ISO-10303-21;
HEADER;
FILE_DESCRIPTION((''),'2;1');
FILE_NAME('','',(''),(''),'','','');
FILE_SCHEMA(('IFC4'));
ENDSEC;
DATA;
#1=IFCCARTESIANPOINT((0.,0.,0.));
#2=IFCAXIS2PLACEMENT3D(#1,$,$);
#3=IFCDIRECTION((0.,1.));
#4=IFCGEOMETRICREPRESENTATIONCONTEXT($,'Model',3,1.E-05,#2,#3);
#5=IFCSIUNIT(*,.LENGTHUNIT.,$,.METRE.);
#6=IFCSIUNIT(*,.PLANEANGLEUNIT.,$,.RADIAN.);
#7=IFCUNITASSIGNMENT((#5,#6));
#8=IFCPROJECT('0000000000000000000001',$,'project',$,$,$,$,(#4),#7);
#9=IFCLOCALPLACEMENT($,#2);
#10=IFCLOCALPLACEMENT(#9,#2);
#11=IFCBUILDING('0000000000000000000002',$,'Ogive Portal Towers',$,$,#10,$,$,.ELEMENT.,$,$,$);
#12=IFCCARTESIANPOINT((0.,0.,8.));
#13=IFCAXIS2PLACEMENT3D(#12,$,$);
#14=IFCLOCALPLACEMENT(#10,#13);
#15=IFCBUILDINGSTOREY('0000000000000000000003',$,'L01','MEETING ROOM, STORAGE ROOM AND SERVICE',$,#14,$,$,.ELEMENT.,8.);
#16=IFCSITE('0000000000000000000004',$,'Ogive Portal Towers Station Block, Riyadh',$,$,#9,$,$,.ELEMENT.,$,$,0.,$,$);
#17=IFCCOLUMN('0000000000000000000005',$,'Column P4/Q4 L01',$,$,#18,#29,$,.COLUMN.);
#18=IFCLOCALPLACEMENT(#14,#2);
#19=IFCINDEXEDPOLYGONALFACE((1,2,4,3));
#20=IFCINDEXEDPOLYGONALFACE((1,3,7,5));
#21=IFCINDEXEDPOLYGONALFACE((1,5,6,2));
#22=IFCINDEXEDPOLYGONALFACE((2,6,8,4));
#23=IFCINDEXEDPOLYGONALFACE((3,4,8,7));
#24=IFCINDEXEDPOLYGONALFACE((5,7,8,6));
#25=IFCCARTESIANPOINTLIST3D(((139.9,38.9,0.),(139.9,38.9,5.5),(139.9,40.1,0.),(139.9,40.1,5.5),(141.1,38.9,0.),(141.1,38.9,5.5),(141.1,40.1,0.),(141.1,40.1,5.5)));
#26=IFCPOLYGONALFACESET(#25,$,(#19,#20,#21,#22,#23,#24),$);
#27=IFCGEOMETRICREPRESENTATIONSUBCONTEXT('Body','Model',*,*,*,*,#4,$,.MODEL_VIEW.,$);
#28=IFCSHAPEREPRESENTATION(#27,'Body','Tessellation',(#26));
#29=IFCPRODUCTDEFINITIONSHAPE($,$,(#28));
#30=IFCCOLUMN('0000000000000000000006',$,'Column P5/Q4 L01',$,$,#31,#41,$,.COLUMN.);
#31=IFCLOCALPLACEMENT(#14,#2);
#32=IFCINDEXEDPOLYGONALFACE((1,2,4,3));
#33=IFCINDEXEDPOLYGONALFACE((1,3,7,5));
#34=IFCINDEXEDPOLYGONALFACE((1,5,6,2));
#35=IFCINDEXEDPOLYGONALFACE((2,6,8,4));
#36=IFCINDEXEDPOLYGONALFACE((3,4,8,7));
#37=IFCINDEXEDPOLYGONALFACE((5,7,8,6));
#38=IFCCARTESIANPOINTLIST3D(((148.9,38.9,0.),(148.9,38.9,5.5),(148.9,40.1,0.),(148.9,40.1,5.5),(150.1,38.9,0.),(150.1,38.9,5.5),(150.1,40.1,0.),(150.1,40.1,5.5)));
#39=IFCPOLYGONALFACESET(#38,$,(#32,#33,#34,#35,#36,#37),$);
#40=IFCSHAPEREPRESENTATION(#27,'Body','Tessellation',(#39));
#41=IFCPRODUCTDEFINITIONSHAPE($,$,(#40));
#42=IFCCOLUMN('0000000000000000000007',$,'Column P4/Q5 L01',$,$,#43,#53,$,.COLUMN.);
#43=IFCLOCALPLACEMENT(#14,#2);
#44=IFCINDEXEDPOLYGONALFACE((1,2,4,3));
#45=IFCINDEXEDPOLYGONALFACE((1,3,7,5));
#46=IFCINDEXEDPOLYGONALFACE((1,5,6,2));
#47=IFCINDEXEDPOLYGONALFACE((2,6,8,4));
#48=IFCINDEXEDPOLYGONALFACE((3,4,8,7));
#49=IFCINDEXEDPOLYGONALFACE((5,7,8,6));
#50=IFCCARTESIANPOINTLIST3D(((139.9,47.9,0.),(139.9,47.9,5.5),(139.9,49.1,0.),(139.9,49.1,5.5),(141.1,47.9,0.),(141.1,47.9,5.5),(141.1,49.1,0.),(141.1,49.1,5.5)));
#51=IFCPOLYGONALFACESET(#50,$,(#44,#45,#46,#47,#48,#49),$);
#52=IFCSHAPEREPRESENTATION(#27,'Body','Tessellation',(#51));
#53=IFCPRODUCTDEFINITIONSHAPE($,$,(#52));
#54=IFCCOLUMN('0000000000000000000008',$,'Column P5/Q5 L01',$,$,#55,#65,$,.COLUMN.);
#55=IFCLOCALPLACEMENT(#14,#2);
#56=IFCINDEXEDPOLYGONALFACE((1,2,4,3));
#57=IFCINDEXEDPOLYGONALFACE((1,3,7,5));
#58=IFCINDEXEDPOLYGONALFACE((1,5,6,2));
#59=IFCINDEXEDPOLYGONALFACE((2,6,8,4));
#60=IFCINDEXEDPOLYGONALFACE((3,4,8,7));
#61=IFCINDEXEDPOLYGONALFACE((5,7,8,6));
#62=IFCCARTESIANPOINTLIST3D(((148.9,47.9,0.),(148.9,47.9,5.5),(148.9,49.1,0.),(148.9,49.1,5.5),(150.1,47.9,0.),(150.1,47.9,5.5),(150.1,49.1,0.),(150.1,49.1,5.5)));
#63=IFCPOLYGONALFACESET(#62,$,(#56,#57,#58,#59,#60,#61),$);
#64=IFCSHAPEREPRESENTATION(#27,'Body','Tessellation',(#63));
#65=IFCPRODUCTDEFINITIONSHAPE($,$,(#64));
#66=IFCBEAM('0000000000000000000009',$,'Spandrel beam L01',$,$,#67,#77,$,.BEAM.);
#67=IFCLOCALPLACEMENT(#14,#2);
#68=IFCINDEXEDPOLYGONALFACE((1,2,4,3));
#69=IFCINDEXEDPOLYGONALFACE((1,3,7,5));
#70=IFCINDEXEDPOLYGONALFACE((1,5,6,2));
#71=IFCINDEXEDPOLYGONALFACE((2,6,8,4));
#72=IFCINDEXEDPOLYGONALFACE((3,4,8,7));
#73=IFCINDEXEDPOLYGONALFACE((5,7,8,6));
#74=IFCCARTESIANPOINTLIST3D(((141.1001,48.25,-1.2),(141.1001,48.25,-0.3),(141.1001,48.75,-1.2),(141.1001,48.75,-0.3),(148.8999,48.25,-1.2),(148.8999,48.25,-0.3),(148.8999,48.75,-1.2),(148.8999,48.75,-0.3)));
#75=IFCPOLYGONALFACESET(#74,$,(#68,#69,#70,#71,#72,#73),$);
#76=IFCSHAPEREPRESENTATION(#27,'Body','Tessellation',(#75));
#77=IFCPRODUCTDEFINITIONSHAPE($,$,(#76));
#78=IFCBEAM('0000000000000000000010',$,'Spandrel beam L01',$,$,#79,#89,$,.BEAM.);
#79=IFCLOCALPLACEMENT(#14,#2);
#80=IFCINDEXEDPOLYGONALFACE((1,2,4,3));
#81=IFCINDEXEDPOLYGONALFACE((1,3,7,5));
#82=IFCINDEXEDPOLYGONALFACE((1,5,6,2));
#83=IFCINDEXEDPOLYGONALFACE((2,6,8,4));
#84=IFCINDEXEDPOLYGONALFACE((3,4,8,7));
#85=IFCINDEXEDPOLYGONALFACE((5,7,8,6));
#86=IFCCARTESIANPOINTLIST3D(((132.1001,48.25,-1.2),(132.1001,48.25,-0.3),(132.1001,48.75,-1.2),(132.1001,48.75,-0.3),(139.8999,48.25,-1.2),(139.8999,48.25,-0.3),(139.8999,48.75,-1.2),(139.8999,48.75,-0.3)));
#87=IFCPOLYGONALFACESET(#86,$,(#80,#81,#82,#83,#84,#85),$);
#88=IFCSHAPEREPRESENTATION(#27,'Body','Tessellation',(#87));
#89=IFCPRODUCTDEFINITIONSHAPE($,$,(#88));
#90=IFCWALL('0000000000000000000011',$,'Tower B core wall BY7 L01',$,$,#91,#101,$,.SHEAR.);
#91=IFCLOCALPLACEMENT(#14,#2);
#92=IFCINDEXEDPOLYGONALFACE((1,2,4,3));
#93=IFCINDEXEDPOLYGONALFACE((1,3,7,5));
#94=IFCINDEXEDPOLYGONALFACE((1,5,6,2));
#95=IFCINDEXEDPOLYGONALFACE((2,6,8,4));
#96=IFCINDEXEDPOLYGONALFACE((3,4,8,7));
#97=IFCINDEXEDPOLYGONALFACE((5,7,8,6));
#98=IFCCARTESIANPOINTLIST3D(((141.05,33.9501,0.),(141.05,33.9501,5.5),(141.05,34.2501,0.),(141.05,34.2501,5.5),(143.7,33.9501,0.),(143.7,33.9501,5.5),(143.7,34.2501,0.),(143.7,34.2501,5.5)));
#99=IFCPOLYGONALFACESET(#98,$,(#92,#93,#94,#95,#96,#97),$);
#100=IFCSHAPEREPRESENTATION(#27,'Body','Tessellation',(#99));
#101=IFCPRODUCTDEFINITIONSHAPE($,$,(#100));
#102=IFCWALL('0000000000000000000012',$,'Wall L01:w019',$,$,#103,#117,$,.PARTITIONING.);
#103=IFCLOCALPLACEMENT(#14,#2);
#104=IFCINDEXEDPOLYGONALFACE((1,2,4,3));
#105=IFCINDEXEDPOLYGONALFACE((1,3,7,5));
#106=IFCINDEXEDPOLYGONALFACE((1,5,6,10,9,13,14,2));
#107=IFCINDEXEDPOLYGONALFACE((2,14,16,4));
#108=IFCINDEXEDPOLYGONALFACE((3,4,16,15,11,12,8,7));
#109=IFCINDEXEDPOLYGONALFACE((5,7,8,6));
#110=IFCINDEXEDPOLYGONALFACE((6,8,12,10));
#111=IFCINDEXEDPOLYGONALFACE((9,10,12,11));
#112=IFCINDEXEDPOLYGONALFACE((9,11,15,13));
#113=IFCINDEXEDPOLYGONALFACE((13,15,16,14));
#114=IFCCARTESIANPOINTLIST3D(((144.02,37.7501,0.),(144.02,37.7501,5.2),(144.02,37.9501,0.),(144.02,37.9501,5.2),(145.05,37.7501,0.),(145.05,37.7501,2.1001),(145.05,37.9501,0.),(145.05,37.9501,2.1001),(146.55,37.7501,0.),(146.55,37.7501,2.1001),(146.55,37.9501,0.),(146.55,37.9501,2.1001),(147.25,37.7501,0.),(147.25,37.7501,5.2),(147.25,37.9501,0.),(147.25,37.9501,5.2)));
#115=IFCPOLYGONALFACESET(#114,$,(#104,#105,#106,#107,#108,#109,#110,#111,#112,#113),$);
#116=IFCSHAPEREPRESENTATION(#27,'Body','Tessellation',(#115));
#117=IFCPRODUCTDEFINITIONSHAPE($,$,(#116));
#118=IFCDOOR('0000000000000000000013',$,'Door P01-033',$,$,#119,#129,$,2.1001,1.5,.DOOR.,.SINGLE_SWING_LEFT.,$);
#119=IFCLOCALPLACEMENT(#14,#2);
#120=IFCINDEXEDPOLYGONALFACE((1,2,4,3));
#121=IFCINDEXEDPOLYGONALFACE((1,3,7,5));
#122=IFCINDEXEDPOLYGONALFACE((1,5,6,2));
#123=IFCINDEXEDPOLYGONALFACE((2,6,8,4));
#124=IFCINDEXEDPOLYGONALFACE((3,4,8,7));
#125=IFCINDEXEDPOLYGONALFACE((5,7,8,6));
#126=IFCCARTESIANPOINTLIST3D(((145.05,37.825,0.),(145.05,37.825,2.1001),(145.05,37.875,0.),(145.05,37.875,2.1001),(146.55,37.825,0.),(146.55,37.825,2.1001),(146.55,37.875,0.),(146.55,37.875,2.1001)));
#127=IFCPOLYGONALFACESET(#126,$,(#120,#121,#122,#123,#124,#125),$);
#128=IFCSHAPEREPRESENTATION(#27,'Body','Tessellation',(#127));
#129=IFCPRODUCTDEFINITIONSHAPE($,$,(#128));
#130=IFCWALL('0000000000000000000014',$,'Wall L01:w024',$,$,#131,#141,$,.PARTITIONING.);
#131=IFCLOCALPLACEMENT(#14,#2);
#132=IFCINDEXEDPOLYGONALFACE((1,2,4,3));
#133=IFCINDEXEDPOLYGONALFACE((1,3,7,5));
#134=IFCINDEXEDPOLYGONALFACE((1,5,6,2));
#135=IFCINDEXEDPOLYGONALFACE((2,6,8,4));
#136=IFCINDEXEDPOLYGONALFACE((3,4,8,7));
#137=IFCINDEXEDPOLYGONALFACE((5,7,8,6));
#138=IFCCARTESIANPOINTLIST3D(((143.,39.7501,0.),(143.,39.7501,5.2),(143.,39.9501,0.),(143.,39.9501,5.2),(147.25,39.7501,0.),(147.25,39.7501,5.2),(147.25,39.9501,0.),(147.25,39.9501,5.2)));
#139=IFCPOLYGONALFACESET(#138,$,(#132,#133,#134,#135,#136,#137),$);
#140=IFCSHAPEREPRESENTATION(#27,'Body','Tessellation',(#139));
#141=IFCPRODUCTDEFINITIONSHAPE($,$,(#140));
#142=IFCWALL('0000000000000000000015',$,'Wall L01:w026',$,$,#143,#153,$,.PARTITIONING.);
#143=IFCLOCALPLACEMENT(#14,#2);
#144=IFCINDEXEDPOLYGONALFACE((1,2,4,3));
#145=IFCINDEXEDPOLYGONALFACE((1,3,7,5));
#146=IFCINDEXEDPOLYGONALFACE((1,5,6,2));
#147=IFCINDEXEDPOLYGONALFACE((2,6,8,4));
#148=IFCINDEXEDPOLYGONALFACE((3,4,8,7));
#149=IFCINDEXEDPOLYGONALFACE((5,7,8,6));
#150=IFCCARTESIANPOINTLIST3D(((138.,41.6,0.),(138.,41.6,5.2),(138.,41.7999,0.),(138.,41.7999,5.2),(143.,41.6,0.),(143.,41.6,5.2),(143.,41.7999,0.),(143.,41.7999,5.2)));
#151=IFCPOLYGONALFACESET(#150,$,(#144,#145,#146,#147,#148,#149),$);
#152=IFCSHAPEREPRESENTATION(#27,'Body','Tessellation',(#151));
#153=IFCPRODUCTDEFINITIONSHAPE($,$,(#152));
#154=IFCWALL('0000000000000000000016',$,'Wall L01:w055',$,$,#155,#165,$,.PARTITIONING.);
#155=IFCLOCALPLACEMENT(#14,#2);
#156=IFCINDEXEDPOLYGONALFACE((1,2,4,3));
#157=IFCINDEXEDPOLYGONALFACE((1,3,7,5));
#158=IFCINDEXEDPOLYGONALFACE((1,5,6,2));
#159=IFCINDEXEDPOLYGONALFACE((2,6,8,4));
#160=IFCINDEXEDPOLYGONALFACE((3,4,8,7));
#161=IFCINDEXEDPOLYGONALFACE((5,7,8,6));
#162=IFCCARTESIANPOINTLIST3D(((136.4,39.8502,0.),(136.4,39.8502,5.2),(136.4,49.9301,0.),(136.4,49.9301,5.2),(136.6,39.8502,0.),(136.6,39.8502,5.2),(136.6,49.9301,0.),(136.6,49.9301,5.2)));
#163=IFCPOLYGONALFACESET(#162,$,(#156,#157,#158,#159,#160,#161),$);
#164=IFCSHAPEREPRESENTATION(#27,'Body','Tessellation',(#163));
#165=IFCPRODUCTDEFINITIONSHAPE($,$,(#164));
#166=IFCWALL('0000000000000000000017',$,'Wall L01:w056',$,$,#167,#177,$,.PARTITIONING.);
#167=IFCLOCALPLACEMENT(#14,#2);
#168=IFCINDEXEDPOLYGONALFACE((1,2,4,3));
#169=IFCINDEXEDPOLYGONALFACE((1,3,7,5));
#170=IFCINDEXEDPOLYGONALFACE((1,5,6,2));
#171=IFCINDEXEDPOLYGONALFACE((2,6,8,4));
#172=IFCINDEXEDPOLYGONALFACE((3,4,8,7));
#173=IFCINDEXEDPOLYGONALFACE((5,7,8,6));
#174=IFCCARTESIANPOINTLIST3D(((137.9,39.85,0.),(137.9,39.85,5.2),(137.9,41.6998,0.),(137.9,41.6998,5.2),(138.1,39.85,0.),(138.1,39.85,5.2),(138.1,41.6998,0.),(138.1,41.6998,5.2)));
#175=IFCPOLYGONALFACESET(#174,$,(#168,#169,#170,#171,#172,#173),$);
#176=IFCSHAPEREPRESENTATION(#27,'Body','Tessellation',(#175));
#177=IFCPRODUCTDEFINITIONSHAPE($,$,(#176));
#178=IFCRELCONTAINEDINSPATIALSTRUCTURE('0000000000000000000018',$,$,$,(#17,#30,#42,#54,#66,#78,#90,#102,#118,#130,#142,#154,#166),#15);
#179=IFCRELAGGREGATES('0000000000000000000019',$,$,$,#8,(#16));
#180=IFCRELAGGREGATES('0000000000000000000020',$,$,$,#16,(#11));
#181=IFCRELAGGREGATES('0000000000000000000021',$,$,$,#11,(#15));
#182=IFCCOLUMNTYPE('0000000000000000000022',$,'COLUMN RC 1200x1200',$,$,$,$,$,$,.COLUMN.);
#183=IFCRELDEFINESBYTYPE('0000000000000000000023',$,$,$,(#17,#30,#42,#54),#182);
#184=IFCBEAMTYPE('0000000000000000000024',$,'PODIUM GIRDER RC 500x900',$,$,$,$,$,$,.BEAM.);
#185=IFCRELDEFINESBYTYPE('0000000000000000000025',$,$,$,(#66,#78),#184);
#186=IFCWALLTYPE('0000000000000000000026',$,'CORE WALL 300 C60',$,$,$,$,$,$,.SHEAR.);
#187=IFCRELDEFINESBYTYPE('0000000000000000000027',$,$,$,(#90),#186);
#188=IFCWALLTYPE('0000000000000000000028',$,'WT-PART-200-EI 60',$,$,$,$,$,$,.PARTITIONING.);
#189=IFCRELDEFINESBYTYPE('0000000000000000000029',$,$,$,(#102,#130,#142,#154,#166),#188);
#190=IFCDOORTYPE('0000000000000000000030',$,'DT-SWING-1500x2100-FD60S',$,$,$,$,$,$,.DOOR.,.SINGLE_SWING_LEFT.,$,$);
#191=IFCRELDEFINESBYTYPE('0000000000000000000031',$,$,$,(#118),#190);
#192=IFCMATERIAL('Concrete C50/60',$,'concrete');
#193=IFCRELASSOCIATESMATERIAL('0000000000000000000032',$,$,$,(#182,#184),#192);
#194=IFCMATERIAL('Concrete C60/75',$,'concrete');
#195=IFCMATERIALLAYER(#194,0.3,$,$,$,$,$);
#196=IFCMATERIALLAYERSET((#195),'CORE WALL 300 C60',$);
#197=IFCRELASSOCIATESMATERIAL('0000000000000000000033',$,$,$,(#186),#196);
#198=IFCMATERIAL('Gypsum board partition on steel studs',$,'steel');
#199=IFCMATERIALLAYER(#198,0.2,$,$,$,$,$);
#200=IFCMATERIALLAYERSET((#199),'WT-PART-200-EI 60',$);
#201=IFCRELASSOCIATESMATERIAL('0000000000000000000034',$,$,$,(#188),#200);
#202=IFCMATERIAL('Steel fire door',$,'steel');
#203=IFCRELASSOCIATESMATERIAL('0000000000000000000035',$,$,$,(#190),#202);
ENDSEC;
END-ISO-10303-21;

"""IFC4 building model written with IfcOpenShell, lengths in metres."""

from ifc_helpers import new_model, si_unit, direction, frame, frame_2d, origin, origin_2d, place, context, subcontext, project, spatial, rectangle, extrude, material, layer, layer_set, material_profile, profile_set, type_object, element, fill, save


model = new_model("IFC4")

# Units and contexts
model_context = context("Model", 3, precision=1e-05, world=origin(), true_north=direction((0.0, 1.0)))
body_context = subcontext(model_context, "Body", "Model", "MODEL_VIEW")
ifc_project = project(units=[si_unit("LENGTHUNIT", "METRE"), si_unit("PLANEANGLEUNIT", "RADIAN")], contexts=[model_context])

# Site, building, storey
site_placement = place(None, origin())
site = spatial("IfcSite", under=ifc_project, at=site_placement, Name="Ogive Portal Towers Station Block, Riyadh", CompositionType="ELEMENT", RefElevation=0.0)
building_placement = place(site_placement, origin())
building = spatial("IfcBuilding", under=site, at=building_placement, Name="Ogive Portal Towers", CompositionType="ELEMENT")
storey_placement = place(building_placement, frame((0.0, 0.0, 8.0)))
storey = spatial("IfcBuildingStorey", under=building, at=storey_placement, Name="L01", Description="MEETING ROOM, STORAGE ROOM AND SERVICE", CompositionType="ELEMENT", Elevation=8.0)

# Columns
ifc_material_1 = material(Name="Concrete C50/60", Category="concrete")
ifc_material_profile_1 = material_profile(ifc_material_1, rectangle(XDim=1.2, YDim=1.2, at=origin_2d()), Name="RC 1200x1200")
ifc_profile_set_1 = profile_set([ifc_material_profile_1], Name="Concrete C50/60")
column_type = type_object("IfcColumnType", Name="COLUMN RC 1200x1200", PredefinedType="COLUMN", material=ifc_profile_set_1)
for number, where, z_axis, x_axis, name in (
    (1, (140.5, 39.5, 0.0), (0.0, 0.0, 1.0), (1.0, 0.0, 0.0), "Column P4/Q4 L01"),
    (2, (149.5, 39.5, 0.0), (0.0, 0.0, 1.0), (1.0, 0.0, 0.0), "Column P5/Q4 L01"),
    (3, (140.5, 48.5, 0.0), (0.0, 0.0, 1.0), (1.0, 0.0, 0.0), "Column P4/Q5 L01"),
    (4, (149.5, 48.5, 0.0), (0.0, 0.0, 1.0), (1.0, 0.0, 0.0), "Column P5/Q5 L01"),
):
    element("IfcColumn", number, at=place(storey_placement, frame(where, z_axis=z_axis, x_axis=x_axis)), inside=storey, type_object=column_type, Name=name, PredefinedType="COLUMN", context=body_context, shape_type="SweptSolid", body=[
        extrude(rectangle(XDim=1.2, YDim=1.2, at=origin_2d()), origin(), (0.0, 0.0, 1.0), 5.5),
    ])

# Beams
ifc_material_profile_2 = material_profile(ifc_material_1, rectangle(XDim=0.5, YDim=0.8999, at=origin_2d()), Name="RC 500x900")
ifc_profile_set_2 = profile_set([ifc_material_profile_2], Name="Concrete C50/60")
beam_type = type_object("IfcBeamType", Name="PODIUM GIRDER RC 500x900", PredefinedType="BEAM", material=ifc_profile_set_2)
for number, where, z_axis, x_axis, name in (
    (5, (148.8999, 48.5, -0.75), (-1.0, 0.0, 0.0), (0.0, -1.0, 0.0), "Spandrel beam L01"),
    (6, (139.8999, 48.5, -0.75), (-1.0, 0.0, 0.0), (0.0, -1.0, 0.0), "Spandrel beam L01"),
):
    element("IfcBeam", number, at=place(storey_placement, frame(where, z_axis=z_axis, x_axis=x_axis)), inside=storey, type_object=beam_type, Name=name, PredefinedType="BEAM", context=body_context, shape_type="SweptSolid", body=[
        extrude(rectangle(XDim=0.5, YDim=0.8999, at=origin_2d()), origin(), (0.0, 0.0, 1.0), 7.7998),
    ])

# Wall
ifc_material_2 = material(Name="Concrete C60/75", Category="concrete")
ifc_layer_1 = layer(ifc_material_2, 0.3)
ifc_layer_set_1 = layer_set([ifc_layer_1], Name="CORE WALL 300 C60")
wall_type_1 = type_object("IfcWallType", Name="CORE WALL 300 C60", PredefinedType="SHEAR", material=ifc_layer_set_1)
wall_1_placement = place(storey_placement, frame((141.05, 34.1001, 0.0), z_axis=(0.0, 0.0, 1.0), x_axis=(1.0, 0.0, 0.0)))
element("IfcWall", 7, at=wall_1_placement, inside=storey, type_object=wall_type_1, Name="Tower B core wall BY7 L01", PredefinedType="SHEAR", context=body_context, shape_type="SweptSolid", body=[
    extrude(rectangle(XDim=2.6499, YDim=0.3, at=frame_2d((1.325, 0.0))), origin(), (0.0, 0.0, 1.0), 5.5),
])

# Wall, opening, door
ifc_material_3 = material(Name="Gypsum board partition on steel studs", Category="steel")
ifc_layer_2 = layer(ifc_material_3, 0.2)
ifc_layer_set_2 = layer_set([ifc_layer_2], Name="WT-PART-200-EI 60")
wall_type_2 = type_object("IfcWallType", Name="WT-PART-200-EI 60", PredefinedType="PARTITIONING", material=ifc_layer_set_2)
wall_2_placement = place(storey_placement, frame((144.02, 37.8501, 0.0), z_axis=(0.0, 0.0, 1.0), x_axis=(1.0, 0.0, 0.0)))
wall_2 = element("IfcWall", 8, at=wall_2_placement, inside=storey, type_object=wall_type_2, Name="Wall L01:w019", PredefinedType="PARTITIONING", context=body_context, shape_type="SweptSolid", body=[
    extrude(rectangle(XDim=3.23, YDim=0.2, at=frame_2d((1.615, 0.0))), origin(), (0.0, 0.0, 1.0), 5.2),
])
opening_1_placement = place(wall_2_placement, frame((1.03, 0.0, 0.0)))
opening_1 = element("IfcOpeningElement", 9, at=opening_1_placement, cuts=wall_2, PredefinedType="OPENING", context=body_context, shape_type="SweptSolid", body=[
    extrude(rectangle(XDim=1.5, YDim=2.1001, at=frame_2d((0.75, 1.05))), frame((0.0, 0.1099, 0.0), z_axis=(0.0, -1.0, 0.0), x_axis=(1.0, 0.0, 0.0)), (0.0, 0.0, 1.0), 0.22),
])
ifc_material_4 = material(Name="Steel fire door", Category="steel")
door_type_1 = type_object("IfcDoorType", Name="DT-SWING-1500x2100-FD60S", OperationType="SINGLE_SWING_LEFT", PredefinedType="DOOR", material=ifc_material_4)
door_1_placement = place(opening_1_placement, origin())
door_1 = element("IfcDoor", 10, at=door_1_placement, inside=storey, type_object=door_type_1, Name="Door P01-033", OperationType="SINGLE_SWING_LEFT", OverallHeight=2.1001, OverallWidth=1.5, PredefinedType="DOOR", context=body_context, shape_type="SweptSolid", body=[
    extrude(rectangle(XDim=1.5, YDim=2.1001, at=frame_2d((0.75, 1.05))), frame((0.0, 0.0249, 0.0), z_axis=(0.0, -1.0, 0.0), x_axis=(1.0, 0.0, 0.0)), (0.0, 0.0, 1.0), 0.05),
])
fill(opening_1, door_1)

# Walls
wall_3_placement = place(storey_placement, frame((143.0, 39.8501, 0.0), z_axis=(0.0, 0.0, 1.0), x_axis=(1.0, 0.0, 0.0)))
element("IfcWall", 11, at=wall_3_placement, inside=storey, type_object=wall_type_2, Name="Wall L01:w024", PredefinedType="PARTITIONING", context=body_context, shape_type="SweptSolid", body=[
    extrude(rectangle(XDim=4.25, YDim=0.2, at=frame_2d((2.125, 0.0))), origin(), (0.0, 0.0, 1.0), 5.2),
])
wall_4_placement = place(storey_placement, frame((138.0, 41.7, 0.0), z_axis=(0.0, 0.0, 1.0), x_axis=(1.0, 0.0, 0.0)))
element("IfcWall", 12, at=wall_4_placement, inside=storey, type_object=wall_type_2, Name="Wall L01:w026", PredefinedType="PARTITIONING", context=body_context, shape_type="SweptSolid", body=[
    extrude(rectangle(XDim=5.0, YDim=0.2, at=frame_2d((2.5, 0.0))), origin(), (0.0, 0.0, 1.0), 5.2),
])
wall_5_placement = place(storey_placement, frame((136.5, 39.8501, 0.0), z_axis=(0.0, 0.0, 1.0), x_axis=(0.0, 1.0, 0.0)))
element("IfcWall", 13, at=wall_5_placement, inside=storey, type_object=wall_type_2, Name="Wall L01:w055", PredefinedType="PARTITIONING", context=body_context, shape_type="SweptSolid", body=[
    extrude(rectangle(XDim=10.0798, YDim=0.2, at=frame_2d((5.04, 0.0))), origin(), (0.0, 0.0, 1.0), 5.2),
])
wall_6_placement = place(storey_placement, frame((138.0, 39.8501, 0.0), z_axis=(0.0, 0.0, 1.0), x_axis=(0.0, 1.0, 0.0)))
element("IfcWall", 14, at=wall_6_placement, inside=storey, type_object=wall_type_2, Name="Wall L01:w056", PredefinedType="PARTITIONING", context=body_context, shape_type="SweptSolid", body=[
    extrude(rectangle(XDim=1.8499, YDim=0.2, at=frame_2d((0.9248, 0.0))), origin(), (0.0, 0.0, 1.0), 5.2),
])

save(model, "model.ifc")
